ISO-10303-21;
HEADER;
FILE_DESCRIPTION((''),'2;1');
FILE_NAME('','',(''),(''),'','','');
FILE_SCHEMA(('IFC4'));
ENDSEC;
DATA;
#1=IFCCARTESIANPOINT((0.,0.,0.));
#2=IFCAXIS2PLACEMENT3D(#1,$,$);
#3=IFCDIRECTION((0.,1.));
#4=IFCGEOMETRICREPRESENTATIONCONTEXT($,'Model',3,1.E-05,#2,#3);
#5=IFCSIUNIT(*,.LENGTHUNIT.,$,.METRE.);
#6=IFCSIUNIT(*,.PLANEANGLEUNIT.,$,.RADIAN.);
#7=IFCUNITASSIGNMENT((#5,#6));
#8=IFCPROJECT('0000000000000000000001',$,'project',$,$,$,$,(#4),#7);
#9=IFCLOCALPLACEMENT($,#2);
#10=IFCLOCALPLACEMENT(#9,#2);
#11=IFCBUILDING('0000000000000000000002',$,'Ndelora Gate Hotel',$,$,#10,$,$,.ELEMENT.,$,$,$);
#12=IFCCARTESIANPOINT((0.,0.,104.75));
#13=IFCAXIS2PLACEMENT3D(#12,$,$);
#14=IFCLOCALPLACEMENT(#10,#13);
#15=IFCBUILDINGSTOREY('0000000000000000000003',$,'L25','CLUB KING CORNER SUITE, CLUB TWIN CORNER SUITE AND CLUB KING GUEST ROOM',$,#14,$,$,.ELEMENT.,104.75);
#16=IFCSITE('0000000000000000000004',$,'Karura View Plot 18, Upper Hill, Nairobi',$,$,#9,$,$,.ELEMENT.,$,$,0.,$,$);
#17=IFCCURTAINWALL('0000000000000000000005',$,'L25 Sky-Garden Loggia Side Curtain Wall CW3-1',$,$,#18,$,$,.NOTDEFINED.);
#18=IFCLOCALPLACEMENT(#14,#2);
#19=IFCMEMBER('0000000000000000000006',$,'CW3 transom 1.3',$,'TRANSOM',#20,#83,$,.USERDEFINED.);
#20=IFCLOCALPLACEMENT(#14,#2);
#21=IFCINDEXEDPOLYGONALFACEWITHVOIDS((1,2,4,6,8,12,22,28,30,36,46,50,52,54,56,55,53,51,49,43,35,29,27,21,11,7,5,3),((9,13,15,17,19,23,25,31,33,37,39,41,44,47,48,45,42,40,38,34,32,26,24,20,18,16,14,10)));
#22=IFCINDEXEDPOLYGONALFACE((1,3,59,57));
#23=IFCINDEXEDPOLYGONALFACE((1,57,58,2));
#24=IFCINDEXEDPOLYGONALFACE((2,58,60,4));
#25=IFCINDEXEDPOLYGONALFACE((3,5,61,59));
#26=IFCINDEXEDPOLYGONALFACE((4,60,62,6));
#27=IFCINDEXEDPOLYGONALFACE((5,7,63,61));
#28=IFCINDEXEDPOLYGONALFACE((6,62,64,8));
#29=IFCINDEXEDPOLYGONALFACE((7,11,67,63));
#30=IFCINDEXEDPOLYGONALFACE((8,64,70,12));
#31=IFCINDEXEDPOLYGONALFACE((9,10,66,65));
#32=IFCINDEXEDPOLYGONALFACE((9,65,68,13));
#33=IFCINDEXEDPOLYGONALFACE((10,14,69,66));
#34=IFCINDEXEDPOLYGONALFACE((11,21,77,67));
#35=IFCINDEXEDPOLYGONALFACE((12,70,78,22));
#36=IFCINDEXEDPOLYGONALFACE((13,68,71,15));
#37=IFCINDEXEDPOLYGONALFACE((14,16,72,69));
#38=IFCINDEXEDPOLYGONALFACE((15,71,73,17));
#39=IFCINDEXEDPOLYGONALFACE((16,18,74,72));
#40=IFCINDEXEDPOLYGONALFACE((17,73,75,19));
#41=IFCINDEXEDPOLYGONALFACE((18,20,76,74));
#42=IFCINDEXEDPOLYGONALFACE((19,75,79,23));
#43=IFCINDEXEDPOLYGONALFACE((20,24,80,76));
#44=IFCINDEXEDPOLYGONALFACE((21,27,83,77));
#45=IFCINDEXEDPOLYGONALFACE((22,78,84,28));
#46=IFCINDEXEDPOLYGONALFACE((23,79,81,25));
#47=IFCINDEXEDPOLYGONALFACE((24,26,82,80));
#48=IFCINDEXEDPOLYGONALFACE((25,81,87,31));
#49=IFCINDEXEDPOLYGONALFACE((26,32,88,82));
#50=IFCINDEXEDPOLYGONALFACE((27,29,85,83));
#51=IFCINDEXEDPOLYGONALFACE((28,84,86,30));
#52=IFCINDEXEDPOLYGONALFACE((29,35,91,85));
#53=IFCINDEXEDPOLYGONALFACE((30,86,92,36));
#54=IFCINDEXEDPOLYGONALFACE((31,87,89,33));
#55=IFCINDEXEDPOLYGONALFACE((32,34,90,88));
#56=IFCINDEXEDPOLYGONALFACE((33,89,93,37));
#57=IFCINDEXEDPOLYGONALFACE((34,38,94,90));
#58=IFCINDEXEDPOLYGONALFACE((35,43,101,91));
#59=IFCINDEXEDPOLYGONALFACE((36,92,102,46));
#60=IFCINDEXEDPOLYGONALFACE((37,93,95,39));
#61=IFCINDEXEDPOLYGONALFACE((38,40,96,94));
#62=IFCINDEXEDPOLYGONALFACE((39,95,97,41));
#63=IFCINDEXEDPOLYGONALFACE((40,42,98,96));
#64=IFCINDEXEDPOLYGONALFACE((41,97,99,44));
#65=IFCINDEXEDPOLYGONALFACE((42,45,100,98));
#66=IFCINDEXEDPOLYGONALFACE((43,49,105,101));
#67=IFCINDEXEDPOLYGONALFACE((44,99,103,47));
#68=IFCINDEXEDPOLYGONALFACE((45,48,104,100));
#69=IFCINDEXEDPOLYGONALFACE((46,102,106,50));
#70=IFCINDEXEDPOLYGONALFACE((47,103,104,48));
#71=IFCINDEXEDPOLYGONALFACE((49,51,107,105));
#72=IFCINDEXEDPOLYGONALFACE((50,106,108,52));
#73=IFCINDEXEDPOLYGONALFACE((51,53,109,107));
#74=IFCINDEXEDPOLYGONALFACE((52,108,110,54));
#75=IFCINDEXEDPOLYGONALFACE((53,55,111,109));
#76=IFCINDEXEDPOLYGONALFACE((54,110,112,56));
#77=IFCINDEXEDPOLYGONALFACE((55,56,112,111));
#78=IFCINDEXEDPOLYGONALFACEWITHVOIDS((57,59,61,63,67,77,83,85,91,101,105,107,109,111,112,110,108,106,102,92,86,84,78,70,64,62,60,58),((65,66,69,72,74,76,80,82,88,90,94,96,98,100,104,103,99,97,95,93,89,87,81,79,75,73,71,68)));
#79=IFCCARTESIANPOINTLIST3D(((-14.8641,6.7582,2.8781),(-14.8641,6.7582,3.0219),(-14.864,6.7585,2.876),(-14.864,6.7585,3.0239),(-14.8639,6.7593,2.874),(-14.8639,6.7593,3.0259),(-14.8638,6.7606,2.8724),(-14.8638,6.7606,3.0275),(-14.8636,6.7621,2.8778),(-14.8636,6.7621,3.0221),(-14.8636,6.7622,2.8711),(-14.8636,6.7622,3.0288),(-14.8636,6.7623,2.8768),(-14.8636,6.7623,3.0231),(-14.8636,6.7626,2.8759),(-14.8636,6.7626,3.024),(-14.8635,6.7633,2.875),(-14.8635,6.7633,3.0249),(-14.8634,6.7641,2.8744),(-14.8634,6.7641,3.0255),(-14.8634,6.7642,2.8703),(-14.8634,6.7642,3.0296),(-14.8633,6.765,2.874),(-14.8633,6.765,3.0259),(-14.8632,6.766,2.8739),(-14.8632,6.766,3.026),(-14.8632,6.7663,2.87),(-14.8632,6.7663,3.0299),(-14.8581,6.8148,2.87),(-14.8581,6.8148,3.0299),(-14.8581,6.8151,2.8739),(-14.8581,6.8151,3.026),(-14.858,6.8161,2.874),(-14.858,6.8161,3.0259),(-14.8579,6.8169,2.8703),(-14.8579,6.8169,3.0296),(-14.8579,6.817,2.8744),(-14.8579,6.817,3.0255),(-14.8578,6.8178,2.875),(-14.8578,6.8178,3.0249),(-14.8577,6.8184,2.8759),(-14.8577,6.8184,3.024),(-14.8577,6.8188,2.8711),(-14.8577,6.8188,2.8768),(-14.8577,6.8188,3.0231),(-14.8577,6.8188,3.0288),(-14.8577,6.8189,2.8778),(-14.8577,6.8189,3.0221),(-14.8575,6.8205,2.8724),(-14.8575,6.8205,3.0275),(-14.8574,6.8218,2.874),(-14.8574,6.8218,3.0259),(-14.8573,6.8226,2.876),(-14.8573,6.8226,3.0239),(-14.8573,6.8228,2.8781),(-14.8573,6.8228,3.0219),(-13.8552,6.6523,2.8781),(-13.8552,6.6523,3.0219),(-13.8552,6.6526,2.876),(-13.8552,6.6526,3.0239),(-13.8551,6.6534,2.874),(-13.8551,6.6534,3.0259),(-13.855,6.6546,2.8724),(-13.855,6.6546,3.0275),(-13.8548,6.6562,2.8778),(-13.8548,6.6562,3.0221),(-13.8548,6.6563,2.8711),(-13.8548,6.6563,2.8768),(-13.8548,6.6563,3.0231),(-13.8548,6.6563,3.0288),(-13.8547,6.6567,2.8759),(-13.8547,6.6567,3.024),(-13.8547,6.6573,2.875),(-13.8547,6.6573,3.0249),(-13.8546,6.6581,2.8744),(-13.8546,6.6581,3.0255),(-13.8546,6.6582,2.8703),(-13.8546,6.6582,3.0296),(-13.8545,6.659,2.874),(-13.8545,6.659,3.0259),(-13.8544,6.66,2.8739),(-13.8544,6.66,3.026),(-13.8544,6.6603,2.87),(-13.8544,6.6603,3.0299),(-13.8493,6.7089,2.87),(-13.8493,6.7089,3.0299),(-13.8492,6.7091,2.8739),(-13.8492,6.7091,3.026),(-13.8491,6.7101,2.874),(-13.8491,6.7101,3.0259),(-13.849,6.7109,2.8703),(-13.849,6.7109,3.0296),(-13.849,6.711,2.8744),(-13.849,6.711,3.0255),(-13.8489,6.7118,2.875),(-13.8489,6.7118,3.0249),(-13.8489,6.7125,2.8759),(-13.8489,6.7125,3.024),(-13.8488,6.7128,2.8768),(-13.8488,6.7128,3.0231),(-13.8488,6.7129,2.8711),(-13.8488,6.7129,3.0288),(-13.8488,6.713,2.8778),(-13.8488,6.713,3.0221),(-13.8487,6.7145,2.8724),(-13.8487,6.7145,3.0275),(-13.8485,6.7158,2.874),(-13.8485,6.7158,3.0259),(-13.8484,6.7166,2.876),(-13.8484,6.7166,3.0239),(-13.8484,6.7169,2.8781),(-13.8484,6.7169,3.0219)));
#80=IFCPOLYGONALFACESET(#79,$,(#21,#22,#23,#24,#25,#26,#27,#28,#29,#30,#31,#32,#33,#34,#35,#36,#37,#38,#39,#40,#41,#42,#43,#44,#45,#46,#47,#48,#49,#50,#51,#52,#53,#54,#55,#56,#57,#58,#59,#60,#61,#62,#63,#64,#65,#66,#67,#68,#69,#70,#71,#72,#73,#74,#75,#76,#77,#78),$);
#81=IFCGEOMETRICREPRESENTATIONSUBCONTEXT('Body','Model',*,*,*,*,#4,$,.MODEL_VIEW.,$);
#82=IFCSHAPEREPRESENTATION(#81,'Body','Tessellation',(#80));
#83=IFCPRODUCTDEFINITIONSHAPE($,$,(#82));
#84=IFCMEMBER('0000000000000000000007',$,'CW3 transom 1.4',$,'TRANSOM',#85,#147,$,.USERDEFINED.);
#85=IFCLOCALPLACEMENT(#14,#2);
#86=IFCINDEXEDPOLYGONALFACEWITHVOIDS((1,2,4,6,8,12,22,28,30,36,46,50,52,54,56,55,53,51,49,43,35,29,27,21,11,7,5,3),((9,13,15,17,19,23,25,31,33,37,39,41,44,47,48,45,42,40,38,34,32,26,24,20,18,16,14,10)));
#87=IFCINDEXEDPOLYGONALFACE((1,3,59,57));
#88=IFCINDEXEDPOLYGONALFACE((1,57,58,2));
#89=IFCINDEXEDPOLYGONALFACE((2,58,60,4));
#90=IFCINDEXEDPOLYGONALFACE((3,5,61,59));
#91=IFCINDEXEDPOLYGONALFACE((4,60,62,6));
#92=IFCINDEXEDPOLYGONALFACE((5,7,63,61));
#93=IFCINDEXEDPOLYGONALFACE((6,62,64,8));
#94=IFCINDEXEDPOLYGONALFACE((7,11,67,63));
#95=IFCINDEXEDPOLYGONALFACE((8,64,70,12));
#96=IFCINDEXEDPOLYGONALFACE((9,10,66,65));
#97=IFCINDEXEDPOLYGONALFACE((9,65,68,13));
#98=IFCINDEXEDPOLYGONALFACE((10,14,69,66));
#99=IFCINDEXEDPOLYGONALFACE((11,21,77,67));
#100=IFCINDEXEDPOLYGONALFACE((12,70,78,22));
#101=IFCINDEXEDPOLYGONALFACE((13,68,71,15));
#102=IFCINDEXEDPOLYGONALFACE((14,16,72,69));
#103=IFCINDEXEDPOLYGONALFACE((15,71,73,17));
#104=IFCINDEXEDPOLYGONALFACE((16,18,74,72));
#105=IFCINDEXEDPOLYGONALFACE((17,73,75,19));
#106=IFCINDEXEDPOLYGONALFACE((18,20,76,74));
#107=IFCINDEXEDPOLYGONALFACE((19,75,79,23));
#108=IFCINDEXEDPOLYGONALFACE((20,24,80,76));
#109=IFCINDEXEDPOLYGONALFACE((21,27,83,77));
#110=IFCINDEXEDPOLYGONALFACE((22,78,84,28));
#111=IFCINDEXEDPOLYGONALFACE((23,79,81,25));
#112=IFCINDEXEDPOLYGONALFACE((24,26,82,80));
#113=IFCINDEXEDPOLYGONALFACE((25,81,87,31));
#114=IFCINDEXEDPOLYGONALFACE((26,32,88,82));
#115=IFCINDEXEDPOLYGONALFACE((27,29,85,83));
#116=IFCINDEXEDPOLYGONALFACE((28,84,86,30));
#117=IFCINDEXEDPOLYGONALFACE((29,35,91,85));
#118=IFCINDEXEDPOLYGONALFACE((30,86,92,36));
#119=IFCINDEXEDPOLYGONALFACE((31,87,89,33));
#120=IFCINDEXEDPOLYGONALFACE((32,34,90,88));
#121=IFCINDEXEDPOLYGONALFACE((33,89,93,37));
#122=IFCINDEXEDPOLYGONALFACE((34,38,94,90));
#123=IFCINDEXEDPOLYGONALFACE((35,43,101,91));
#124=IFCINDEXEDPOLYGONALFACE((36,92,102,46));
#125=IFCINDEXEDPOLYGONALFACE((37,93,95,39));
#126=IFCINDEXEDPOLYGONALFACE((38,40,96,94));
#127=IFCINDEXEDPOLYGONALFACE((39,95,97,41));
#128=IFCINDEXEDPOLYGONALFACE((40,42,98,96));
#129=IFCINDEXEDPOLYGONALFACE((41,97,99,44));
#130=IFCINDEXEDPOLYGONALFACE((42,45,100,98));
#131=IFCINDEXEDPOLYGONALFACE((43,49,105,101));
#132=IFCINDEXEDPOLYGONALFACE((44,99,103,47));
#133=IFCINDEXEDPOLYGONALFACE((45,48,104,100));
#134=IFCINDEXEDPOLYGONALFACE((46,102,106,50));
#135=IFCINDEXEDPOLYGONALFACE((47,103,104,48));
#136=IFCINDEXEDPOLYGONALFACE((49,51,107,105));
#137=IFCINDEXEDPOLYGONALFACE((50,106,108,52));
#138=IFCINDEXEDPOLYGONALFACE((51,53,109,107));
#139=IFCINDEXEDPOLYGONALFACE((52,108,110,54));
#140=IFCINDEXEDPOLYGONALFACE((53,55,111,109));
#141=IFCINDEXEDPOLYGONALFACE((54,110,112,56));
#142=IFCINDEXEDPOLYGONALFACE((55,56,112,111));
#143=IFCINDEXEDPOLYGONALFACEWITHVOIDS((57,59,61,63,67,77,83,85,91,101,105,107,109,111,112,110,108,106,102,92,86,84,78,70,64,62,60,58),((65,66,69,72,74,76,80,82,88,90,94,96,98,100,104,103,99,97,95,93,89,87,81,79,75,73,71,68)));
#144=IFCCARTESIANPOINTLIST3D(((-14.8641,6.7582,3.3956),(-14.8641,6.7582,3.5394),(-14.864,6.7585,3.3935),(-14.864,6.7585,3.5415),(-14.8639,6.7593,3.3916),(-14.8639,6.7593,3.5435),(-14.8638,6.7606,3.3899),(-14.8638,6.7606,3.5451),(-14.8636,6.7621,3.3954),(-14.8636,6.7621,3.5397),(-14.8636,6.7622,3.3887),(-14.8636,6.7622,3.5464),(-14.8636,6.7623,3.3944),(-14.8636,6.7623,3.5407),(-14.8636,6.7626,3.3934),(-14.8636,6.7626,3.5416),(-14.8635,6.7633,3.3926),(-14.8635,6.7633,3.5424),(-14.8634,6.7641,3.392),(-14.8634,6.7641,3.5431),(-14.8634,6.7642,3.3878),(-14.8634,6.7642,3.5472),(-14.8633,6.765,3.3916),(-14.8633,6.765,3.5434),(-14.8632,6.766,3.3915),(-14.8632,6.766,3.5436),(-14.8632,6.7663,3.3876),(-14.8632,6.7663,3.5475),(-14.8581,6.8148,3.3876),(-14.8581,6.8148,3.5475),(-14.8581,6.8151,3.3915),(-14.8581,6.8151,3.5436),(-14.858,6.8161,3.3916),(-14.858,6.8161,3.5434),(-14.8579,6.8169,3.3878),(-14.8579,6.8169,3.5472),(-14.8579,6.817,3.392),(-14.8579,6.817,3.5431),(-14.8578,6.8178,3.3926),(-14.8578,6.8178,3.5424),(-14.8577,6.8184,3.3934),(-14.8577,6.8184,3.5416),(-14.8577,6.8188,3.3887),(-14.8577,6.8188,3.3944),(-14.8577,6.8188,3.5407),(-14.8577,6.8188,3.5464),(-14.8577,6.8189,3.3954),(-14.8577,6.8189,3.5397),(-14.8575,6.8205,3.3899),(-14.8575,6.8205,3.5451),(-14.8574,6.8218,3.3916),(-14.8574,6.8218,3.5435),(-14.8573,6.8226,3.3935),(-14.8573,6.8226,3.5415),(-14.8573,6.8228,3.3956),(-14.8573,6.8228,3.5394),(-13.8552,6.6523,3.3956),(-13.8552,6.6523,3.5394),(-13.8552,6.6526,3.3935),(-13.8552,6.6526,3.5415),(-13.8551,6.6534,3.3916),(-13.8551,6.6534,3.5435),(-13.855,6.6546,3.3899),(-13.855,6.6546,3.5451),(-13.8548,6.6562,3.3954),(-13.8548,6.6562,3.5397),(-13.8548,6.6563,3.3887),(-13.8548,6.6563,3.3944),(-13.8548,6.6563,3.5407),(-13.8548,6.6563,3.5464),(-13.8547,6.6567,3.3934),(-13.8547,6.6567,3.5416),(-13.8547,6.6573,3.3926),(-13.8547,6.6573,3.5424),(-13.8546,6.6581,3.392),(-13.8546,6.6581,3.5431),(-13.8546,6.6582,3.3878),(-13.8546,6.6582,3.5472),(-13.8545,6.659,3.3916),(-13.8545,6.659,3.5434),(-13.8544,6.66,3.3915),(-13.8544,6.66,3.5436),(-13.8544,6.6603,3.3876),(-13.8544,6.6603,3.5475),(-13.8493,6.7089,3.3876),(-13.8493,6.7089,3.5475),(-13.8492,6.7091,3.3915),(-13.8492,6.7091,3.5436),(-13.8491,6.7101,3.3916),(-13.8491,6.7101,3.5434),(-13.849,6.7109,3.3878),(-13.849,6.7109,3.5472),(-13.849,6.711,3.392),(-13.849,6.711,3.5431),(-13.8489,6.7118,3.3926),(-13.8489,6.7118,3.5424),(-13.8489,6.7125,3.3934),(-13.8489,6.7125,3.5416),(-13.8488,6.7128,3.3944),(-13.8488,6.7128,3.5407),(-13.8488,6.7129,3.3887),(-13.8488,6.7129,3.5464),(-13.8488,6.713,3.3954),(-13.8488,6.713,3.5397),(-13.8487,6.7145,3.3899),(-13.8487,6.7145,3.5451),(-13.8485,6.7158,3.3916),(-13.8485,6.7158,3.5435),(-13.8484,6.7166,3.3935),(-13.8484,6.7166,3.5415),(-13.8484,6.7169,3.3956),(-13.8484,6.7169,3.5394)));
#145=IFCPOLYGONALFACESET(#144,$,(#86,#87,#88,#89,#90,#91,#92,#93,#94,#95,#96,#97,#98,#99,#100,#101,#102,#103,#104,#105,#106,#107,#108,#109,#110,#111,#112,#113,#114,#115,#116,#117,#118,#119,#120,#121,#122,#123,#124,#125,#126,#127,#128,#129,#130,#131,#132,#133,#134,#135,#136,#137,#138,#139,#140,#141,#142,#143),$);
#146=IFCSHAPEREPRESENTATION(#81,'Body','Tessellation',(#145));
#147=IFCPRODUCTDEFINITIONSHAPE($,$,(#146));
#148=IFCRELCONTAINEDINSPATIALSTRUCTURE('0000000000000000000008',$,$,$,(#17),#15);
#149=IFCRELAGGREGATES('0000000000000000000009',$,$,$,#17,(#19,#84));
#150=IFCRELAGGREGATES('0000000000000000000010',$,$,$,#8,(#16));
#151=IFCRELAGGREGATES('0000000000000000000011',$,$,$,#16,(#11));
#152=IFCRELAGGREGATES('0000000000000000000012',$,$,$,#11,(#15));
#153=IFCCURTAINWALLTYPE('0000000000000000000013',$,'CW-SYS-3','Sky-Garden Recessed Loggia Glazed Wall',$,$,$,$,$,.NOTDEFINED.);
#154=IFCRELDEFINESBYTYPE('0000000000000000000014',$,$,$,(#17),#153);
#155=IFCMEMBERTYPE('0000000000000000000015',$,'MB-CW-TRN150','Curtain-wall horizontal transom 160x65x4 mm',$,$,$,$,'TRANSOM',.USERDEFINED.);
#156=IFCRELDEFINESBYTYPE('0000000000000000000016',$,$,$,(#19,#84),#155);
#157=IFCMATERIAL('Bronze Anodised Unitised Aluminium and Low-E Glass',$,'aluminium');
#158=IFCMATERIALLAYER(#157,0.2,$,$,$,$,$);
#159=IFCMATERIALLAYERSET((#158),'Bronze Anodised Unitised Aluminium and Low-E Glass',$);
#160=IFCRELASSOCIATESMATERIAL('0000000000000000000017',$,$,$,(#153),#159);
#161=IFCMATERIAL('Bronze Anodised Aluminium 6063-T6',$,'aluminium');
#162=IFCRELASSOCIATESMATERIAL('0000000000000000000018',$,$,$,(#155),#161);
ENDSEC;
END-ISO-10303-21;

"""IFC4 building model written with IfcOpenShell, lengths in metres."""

from ifc_helpers import new_model, si_unit, direction, frame, origin, origin_2d, place, context, subcontext, project, spatial, hollow_rectangle, extrude, material, layer, layer_set, material_profile, profile_set, type_object, element, aggregate, save


model = new_model("IFC4")

# Units and contexts
model_context = context("Model", 3, precision=1e-05, world=origin(), true_north=direction((0.0, 1.0)))
body_context = subcontext(model_context, "Body", "Model", "MODEL_VIEW")
ifc_project = project(units=[si_unit("LENGTHUNIT", "METRE"), si_unit("PLANEANGLEUNIT", "RADIAN")], contexts=[model_context])

# Site, building, storey
site_placement = place(None, origin())
site = spatial("IfcSite", under=ifc_project, at=site_placement, Name="Karura View Plot 18, Upper Hill, Nairobi", CompositionType="ELEMENT", RefElevation=0.0)
building_placement = place(site_placement, origin())
building = spatial("IfcBuilding", under=site, at=building_placement, Name="Ndelora Gate Hotel", CompositionType="ELEMENT")
storey_placement = place(building_placement, frame((0.0, 0.0, 104.75)))
storey = spatial("IfcBuildingStorey", under=building, at=storey_placement, Name="L25", Description="CLUB KING CORNER SUITE, CLUB TWIN CORNER SUITE AND CLUB KING GUEST ROOM", CompositionType="ELEMENT", Elevation=104.75)

# Curtain wall, members
ifc_material_1 = material(Name="Bronze Anodised Unitised Aluminium and Low-E Glass", Category="aluminium")
ifc_layer_1 = layer(ifc_material_1, 0.2)
ifc_layer_set_1 = layer_set([ifc_layer_1], Name="Bronze Anodised Unitised Aluminium and Low-E Glass")
curtain_wall_type = type_object("IfcCurtainWallType", Name="CW-SYS-3", Description="Sky-Garden Recessed Loggia Glazed Wall", PredefinedType="NOTDEFINED", material=ifc_layer_set_1)
curtain_wall_placement = place(storey_placement, origin())
curtain_wall = element("IfcCurtainWall", 1, at=curtain_wall_placement, inside=storey, type_object=curtain_wall_type, Name="L25 Sky-Garden Loggia Side Curtain Wall CW3-1", PredefinedType="NOTDEFINED")
ifc_material_2 = material(Name="Bronze Anodised Aluminium 6063-T6", Category="aluminium")
ifc_material_profile_1 = material_profile(ifc_material_2, hollow_rectangle(XDim=0.0649, YDim=0.1599, WallThickness=0.0039, InnerFilletRadius=0.0039, OuterFilletRadius=0.0081, at=origin_2d()), Name="ALU 160x65x4")
ifc_profile_set_1 = profile_set([ifc_material_profile_1], Name="Bronze Anodised Aluminium 6063-T6")
member_type_1 = type_object("IfcMemberType", Name="MB-CW-TRN150", Description="Curtain-wall horizontal transom 160x65x4 mm", ElementType="TRANSOM", PredefinedType="USERDEFINED", material=ifc_profile_set_1)
member_1_placement = place(storey_placement, frame((-13.8518, 6.6846, 2.95), z_axis=(-0.994529, 0.104459, 0.0), x_axis=(-0.104459, -0.994529, 0.0)))
member_1 = element("IfcMember", 2, at=member_1_placement, type_object=member_type_1, Name="CW3 transom 1.3", ObjectType="TRANSOM", PredefinedType="USERDEFINED", context=body_context, shape_type="SweptSolid", body=[
    extrude(hollow_rectangle(XDim=0.0649, YDim=0.1599, WallThickness=0.0039, InnerFilletRadius=0.0039, OuterFilletRadius=0.0081, at=origin_2d()), origin(), (0.0, 0.0, 1.0), 1.0144),
])
member_2_placement = place(storey_placement, frame((-13.8518, 6.6846, 3.4675), z_axis=(-0.994529, 0.104459, 0.0), x_axis=(-0.104459, -0.994529, 0.0)))
member_2 = element("IfcMember", 3, at=member_2_placement, type_object=member_type_1, Name="CW3 transom 1.4", ObjectType="TRANSOM", PredefinedType="USERDEFINED", context=body_context, shape_type="SweptSolid", body=[
    extrude(hollow_rectangle(XDim=0.0649, YDim=0.1599, WallThickness=0.0039, InnerFilletRadius=0.0039, OuterFilletRadius=0.0081, at=origin_2d()), origin(), (0.0, 0.0, 1.0), 1.0144),
])
aggregate(curtain_wall, [member_1, member_2])

save(model, "model.ifc")
